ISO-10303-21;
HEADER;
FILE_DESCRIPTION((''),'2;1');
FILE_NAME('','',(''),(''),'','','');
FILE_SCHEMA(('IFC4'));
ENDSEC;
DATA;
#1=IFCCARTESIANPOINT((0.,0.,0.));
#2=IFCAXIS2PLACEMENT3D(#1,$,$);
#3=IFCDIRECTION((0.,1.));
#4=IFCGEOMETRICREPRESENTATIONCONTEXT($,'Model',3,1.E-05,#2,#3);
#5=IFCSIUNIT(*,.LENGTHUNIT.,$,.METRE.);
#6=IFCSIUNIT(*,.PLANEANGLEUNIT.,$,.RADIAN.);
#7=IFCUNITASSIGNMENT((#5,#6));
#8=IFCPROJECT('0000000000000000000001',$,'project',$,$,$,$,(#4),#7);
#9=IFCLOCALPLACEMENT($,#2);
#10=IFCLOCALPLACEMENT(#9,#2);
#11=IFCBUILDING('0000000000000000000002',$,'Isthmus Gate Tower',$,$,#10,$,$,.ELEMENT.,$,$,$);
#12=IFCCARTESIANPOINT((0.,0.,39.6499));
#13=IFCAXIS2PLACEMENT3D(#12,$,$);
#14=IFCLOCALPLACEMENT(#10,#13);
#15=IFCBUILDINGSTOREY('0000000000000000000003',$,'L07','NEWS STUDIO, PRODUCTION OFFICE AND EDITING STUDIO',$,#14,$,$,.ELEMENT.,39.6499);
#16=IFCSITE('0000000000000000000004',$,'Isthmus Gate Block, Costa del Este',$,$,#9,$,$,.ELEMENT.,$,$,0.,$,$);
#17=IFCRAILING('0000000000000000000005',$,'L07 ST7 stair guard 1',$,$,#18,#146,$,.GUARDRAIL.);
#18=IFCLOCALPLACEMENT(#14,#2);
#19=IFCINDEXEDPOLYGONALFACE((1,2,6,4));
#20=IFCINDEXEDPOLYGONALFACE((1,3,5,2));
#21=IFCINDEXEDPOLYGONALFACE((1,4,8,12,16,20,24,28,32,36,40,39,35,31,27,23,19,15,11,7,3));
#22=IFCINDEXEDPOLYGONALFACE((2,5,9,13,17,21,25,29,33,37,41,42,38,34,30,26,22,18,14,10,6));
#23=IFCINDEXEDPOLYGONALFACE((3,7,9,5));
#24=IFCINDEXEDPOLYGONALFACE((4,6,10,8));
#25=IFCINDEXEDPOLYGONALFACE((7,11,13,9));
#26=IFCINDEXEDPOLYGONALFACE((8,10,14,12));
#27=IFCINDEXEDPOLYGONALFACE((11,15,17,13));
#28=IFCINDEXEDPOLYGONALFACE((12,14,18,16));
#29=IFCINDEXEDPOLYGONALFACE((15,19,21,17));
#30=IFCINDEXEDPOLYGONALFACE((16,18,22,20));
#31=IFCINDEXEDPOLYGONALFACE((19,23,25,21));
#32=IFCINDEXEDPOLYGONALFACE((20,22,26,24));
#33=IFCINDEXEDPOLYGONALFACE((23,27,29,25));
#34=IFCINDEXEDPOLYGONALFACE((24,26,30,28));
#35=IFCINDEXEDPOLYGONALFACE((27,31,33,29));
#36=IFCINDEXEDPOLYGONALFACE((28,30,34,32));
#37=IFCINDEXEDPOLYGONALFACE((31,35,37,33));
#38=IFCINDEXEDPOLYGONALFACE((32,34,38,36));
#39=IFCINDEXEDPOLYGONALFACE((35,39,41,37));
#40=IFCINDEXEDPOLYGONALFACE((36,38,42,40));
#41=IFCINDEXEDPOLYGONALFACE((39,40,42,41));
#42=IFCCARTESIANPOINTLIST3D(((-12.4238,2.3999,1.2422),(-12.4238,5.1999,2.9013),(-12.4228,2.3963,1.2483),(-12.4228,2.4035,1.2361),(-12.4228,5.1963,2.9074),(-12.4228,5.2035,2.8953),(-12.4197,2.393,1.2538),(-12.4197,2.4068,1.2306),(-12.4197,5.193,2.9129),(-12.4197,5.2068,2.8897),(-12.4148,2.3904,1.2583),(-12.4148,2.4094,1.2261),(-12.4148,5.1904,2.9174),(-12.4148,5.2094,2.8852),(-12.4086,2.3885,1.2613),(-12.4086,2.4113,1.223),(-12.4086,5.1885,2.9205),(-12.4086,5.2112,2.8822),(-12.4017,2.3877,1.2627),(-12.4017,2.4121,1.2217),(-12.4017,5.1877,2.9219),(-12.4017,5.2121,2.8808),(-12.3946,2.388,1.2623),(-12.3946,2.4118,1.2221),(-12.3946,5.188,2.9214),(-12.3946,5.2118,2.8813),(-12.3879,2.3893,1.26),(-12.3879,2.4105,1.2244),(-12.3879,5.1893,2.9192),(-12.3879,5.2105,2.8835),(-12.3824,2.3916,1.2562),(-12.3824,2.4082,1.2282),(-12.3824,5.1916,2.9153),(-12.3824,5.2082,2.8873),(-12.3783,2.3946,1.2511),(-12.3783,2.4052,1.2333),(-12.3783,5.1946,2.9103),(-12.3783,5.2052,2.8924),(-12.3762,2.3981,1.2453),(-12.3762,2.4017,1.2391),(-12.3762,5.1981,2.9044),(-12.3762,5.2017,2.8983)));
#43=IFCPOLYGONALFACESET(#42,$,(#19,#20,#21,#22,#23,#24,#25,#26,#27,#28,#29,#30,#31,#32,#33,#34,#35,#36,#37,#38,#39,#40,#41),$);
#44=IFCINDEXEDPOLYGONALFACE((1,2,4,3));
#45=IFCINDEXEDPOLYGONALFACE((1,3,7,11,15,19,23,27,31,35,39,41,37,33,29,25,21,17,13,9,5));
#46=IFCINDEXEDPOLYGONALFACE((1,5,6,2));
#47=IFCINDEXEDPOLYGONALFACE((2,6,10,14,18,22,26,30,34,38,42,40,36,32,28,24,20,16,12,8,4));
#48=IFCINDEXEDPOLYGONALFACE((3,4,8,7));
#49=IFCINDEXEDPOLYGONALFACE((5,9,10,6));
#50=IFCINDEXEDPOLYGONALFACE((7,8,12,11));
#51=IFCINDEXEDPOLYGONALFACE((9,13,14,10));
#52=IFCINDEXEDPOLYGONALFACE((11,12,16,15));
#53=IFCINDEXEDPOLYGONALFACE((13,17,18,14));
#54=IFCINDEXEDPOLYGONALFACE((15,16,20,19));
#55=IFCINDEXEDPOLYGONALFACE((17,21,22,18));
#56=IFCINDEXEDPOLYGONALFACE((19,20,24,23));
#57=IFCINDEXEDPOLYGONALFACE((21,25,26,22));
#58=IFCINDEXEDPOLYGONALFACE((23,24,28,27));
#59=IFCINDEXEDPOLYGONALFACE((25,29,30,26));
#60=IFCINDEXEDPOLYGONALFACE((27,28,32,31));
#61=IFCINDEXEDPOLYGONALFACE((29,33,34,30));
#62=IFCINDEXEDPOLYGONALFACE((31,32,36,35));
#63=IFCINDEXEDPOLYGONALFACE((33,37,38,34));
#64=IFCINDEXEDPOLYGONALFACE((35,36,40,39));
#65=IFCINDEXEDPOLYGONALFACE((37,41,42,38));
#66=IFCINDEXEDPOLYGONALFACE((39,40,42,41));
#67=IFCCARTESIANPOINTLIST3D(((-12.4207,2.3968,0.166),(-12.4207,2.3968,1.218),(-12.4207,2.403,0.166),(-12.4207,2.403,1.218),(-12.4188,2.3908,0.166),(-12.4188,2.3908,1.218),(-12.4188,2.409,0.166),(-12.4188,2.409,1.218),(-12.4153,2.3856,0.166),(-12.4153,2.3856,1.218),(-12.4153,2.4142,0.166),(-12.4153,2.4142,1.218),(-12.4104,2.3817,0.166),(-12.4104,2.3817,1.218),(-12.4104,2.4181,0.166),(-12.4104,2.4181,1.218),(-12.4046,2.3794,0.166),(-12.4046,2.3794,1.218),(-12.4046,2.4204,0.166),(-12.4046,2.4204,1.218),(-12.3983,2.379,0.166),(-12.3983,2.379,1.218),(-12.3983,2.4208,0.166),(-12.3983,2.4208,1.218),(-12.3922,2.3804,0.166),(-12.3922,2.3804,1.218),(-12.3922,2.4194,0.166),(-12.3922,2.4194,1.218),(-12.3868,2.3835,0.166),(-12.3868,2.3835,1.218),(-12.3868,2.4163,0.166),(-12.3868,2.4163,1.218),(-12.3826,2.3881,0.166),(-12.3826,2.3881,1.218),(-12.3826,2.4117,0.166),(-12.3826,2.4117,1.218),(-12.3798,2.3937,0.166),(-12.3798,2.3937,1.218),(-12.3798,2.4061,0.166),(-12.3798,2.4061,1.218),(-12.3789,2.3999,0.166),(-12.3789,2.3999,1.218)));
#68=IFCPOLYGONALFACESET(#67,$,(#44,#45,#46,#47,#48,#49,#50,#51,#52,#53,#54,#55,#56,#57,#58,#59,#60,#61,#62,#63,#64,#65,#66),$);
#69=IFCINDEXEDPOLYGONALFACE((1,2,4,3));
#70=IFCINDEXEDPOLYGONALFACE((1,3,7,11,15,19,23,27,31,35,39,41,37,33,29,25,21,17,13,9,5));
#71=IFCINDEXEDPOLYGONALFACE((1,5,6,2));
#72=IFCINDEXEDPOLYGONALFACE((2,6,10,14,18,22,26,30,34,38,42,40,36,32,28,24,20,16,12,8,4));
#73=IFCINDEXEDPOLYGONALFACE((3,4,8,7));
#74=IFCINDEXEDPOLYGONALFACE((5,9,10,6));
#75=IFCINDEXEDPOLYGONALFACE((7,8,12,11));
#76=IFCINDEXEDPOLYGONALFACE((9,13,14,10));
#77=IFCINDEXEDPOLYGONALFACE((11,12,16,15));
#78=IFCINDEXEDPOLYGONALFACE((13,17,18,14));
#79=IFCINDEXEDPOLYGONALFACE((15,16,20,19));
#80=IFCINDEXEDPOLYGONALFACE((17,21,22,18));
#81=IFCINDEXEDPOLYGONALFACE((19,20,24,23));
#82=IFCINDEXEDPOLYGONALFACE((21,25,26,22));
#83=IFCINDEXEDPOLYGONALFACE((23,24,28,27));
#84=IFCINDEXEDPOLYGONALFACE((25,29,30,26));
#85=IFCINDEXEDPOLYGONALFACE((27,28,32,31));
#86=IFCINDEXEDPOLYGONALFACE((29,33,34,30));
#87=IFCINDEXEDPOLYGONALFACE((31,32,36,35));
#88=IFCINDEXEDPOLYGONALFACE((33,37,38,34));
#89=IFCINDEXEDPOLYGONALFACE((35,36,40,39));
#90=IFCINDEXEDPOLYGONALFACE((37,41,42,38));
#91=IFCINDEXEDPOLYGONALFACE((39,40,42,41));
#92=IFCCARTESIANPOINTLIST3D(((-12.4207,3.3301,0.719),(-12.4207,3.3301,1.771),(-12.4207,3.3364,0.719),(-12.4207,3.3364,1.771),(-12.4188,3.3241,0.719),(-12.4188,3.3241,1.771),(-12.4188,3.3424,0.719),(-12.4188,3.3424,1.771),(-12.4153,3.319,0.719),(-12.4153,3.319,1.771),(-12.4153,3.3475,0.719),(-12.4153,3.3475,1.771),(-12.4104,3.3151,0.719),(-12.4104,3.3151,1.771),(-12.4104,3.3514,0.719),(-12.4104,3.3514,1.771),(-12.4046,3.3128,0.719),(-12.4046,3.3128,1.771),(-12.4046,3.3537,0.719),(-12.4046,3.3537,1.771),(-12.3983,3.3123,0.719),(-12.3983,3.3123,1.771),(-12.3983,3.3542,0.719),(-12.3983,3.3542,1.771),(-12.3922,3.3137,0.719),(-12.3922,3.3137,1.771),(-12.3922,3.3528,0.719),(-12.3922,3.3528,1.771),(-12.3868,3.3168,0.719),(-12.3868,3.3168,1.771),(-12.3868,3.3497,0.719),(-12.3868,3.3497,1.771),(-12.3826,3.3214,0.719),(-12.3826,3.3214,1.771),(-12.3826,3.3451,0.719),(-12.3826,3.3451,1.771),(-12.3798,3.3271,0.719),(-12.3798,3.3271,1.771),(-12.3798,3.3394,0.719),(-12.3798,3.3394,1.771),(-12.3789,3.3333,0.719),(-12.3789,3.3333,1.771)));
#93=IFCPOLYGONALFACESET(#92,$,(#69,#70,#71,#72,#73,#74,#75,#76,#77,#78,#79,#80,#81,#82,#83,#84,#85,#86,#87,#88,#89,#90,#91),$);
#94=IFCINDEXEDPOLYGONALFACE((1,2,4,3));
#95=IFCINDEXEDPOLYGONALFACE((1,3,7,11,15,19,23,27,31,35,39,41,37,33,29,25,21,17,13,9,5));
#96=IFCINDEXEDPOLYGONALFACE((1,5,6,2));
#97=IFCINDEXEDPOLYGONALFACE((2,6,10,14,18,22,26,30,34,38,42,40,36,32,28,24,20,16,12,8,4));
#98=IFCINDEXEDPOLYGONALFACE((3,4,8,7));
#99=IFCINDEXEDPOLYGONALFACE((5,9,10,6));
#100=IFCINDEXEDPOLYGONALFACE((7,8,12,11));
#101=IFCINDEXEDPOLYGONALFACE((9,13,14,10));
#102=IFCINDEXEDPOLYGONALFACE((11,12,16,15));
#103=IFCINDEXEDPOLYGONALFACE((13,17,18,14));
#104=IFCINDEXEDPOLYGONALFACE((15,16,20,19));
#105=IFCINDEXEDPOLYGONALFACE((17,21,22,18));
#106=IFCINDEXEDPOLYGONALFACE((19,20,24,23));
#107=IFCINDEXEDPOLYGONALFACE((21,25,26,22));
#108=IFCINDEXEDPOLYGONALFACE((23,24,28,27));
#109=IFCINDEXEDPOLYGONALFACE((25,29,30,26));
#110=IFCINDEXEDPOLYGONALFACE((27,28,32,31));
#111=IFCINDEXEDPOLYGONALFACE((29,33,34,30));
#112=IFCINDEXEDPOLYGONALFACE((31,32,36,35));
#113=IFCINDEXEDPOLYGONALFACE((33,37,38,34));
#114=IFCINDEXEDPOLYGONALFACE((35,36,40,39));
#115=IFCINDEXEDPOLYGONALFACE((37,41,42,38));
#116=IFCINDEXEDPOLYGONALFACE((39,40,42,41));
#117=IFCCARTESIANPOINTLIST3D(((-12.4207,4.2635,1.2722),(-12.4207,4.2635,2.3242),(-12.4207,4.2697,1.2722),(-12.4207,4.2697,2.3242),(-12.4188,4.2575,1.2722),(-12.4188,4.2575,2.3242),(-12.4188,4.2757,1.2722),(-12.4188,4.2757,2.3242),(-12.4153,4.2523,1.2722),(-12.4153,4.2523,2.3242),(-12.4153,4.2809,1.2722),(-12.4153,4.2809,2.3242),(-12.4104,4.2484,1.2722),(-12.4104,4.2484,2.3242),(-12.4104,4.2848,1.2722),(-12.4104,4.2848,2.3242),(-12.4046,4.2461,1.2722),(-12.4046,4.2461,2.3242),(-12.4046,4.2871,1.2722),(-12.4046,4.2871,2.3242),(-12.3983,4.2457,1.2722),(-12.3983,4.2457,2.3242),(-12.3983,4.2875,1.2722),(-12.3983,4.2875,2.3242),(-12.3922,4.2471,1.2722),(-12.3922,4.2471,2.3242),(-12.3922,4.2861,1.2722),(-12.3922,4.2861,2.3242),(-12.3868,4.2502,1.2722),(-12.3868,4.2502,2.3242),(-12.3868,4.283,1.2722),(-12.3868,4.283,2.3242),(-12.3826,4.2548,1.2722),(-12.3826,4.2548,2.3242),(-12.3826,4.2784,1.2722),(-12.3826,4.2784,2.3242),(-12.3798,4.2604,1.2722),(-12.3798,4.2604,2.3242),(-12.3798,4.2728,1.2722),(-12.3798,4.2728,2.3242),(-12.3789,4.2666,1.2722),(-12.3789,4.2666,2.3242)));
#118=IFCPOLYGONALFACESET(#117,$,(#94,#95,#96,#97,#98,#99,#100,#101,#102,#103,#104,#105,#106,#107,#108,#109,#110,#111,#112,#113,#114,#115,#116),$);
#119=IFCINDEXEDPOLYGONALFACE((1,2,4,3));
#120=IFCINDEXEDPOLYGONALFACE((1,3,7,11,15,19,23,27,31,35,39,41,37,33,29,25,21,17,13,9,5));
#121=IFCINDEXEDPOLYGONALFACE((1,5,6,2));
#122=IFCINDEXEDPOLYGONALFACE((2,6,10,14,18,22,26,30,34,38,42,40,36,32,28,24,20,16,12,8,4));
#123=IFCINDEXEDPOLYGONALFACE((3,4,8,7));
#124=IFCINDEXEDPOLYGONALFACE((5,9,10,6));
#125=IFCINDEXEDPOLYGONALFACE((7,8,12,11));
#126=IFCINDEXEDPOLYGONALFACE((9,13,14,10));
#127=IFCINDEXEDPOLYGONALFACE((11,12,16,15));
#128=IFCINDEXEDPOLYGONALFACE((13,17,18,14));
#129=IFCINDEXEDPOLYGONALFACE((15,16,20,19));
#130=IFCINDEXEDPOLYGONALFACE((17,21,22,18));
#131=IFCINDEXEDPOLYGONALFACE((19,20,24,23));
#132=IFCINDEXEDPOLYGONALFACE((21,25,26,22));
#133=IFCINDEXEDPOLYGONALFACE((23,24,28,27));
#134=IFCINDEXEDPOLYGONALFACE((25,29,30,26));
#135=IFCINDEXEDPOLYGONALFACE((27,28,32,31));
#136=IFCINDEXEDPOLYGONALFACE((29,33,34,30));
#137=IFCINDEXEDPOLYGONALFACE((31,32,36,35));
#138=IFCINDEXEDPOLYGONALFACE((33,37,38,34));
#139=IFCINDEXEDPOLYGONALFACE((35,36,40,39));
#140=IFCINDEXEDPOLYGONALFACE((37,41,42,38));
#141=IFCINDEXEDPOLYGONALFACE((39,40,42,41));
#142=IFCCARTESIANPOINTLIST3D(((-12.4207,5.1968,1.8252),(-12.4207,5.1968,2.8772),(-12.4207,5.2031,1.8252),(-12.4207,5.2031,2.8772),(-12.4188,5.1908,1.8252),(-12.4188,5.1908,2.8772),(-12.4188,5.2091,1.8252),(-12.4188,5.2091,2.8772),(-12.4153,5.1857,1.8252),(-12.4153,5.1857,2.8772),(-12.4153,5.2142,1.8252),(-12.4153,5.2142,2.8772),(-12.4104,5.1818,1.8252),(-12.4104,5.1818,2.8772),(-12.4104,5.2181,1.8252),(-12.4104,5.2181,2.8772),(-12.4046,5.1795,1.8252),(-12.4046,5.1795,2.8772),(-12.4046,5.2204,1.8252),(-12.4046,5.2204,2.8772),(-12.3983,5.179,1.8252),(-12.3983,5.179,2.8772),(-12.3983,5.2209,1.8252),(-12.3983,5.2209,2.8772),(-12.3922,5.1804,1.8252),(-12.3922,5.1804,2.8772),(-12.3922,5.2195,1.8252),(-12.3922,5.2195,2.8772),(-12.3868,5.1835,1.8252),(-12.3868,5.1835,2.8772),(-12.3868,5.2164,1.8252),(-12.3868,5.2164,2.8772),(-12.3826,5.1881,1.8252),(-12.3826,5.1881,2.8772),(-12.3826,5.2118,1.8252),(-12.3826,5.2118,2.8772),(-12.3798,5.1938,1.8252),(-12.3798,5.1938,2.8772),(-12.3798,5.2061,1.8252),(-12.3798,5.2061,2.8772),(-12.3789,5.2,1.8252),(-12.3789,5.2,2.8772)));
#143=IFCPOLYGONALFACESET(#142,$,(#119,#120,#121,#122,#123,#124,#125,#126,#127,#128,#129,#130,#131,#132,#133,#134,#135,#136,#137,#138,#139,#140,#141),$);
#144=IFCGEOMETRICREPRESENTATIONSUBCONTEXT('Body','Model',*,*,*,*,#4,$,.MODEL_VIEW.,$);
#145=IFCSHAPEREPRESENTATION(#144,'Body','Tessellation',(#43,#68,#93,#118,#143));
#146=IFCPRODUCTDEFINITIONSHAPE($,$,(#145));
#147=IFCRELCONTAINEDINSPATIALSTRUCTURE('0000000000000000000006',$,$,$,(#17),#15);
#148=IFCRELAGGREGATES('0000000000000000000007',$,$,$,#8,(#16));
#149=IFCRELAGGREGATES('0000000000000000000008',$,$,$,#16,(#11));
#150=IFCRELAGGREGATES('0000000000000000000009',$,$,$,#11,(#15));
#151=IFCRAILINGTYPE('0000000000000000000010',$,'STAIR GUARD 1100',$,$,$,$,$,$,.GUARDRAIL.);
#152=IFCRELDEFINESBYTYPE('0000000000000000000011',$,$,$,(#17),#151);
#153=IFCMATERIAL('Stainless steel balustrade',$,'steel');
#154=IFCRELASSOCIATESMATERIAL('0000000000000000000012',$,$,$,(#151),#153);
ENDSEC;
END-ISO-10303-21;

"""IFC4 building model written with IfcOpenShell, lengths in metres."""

from ifc_helpers import new_model, si_unit, direction, frame, origin, origin_2d, place, context, subcontext, project, spatial, circle, extrude, material, type_object, element, save


model = new_model("IFC4")

# Units and contexts
model_context = context("Model", 3, precision=1e-05, world=origin(), true_north=direction((0.0, 1.0)))
body_context = subcontext(model_context, "Body", "Model", "MODEL_VIEW")
ifc_project = project(units=[si_unit("LENGTHUNIT", "METRE"), si_unit("PLANEANGLEUNIT", "RADIAN")], contexts=[model_context])

# Site, building, storey
site_placement = place(None, origin())
site = spatial("IfcSite", under=ifc_project, at=site_placement, Name="Isthmus Gate Block, Costa del Este", CompositionType="ELEMENT", RefElevation=0.0)
building_placement = place(site_placement, origin())
building = spatial("IfcBuilding", under=site, at=building_placement, Name="Isthmus Gate Tower", CompositionType="ELEMENT")
storey_placement = place(building_placement, frame((0.0, 0.0, 39.6499)))
storey = spatial("IfcBuildingStorey", under=building, at=storey_placement, Name="L07", Description="NEWS STUDIO, PRODUCTION OFFICE AND EDITING STUDIO", CompositionType="ELEMENT", Elevation=39.6499)

# Railing
ifc_material_1 = material(Name="Stainless steel balustrade", Category="steel")
railing_type_1 = type_object("IfcRailingType", Name="STAIR GUARD 1100", PredefinedType="GUARDRAIL", material=ifc_material_1)
for number, where, name in (
    (1, (-12.3999, 2.3999, 0.166), "L07 ST7 stair guard 1"),
):
    element("IfcRailing", number, at=place(storey_placement, frame(where)), inside=storey, type_object=railing_type_1, Name=name, PredefinedType="GUARDRAIL", context=body_context, shape_type="SweptSolid", body=[
        extrude(circle(Radius=0.0239, at=origin_2d()), frame((0.0, 0.0, 1.0762), z_axis=(0.0, 0.860306, 0.509778), x_axis=(-1.0, 0.0, 0.0)), (0.0, 0.0, 1.0), 3.2546),
        extrude(circle(Radius=0.021, at=origin_2d()), origin(), (0.0, 0.0, 1.0), 1.052),
        extrude(circle(Radius=0.021, at=origin_2d()), frame((0.0, 0.9333, 0.553)), (0.0, 0.0, 1.0), 1.052),
        extrude(circle(Radius=0.021, at=origin_2d()), frame((0.0, 1.8667, 1.1062)), (0.0, 0.0, 1.0), 1.052),
        extrude(circle(Radius=0.021, at=origin_2d()), frame((0.0, 2.8, 1.6592)), (0.0, 0.0, 1.0), 1.052),
    ])

save(model, "model.ifc")
